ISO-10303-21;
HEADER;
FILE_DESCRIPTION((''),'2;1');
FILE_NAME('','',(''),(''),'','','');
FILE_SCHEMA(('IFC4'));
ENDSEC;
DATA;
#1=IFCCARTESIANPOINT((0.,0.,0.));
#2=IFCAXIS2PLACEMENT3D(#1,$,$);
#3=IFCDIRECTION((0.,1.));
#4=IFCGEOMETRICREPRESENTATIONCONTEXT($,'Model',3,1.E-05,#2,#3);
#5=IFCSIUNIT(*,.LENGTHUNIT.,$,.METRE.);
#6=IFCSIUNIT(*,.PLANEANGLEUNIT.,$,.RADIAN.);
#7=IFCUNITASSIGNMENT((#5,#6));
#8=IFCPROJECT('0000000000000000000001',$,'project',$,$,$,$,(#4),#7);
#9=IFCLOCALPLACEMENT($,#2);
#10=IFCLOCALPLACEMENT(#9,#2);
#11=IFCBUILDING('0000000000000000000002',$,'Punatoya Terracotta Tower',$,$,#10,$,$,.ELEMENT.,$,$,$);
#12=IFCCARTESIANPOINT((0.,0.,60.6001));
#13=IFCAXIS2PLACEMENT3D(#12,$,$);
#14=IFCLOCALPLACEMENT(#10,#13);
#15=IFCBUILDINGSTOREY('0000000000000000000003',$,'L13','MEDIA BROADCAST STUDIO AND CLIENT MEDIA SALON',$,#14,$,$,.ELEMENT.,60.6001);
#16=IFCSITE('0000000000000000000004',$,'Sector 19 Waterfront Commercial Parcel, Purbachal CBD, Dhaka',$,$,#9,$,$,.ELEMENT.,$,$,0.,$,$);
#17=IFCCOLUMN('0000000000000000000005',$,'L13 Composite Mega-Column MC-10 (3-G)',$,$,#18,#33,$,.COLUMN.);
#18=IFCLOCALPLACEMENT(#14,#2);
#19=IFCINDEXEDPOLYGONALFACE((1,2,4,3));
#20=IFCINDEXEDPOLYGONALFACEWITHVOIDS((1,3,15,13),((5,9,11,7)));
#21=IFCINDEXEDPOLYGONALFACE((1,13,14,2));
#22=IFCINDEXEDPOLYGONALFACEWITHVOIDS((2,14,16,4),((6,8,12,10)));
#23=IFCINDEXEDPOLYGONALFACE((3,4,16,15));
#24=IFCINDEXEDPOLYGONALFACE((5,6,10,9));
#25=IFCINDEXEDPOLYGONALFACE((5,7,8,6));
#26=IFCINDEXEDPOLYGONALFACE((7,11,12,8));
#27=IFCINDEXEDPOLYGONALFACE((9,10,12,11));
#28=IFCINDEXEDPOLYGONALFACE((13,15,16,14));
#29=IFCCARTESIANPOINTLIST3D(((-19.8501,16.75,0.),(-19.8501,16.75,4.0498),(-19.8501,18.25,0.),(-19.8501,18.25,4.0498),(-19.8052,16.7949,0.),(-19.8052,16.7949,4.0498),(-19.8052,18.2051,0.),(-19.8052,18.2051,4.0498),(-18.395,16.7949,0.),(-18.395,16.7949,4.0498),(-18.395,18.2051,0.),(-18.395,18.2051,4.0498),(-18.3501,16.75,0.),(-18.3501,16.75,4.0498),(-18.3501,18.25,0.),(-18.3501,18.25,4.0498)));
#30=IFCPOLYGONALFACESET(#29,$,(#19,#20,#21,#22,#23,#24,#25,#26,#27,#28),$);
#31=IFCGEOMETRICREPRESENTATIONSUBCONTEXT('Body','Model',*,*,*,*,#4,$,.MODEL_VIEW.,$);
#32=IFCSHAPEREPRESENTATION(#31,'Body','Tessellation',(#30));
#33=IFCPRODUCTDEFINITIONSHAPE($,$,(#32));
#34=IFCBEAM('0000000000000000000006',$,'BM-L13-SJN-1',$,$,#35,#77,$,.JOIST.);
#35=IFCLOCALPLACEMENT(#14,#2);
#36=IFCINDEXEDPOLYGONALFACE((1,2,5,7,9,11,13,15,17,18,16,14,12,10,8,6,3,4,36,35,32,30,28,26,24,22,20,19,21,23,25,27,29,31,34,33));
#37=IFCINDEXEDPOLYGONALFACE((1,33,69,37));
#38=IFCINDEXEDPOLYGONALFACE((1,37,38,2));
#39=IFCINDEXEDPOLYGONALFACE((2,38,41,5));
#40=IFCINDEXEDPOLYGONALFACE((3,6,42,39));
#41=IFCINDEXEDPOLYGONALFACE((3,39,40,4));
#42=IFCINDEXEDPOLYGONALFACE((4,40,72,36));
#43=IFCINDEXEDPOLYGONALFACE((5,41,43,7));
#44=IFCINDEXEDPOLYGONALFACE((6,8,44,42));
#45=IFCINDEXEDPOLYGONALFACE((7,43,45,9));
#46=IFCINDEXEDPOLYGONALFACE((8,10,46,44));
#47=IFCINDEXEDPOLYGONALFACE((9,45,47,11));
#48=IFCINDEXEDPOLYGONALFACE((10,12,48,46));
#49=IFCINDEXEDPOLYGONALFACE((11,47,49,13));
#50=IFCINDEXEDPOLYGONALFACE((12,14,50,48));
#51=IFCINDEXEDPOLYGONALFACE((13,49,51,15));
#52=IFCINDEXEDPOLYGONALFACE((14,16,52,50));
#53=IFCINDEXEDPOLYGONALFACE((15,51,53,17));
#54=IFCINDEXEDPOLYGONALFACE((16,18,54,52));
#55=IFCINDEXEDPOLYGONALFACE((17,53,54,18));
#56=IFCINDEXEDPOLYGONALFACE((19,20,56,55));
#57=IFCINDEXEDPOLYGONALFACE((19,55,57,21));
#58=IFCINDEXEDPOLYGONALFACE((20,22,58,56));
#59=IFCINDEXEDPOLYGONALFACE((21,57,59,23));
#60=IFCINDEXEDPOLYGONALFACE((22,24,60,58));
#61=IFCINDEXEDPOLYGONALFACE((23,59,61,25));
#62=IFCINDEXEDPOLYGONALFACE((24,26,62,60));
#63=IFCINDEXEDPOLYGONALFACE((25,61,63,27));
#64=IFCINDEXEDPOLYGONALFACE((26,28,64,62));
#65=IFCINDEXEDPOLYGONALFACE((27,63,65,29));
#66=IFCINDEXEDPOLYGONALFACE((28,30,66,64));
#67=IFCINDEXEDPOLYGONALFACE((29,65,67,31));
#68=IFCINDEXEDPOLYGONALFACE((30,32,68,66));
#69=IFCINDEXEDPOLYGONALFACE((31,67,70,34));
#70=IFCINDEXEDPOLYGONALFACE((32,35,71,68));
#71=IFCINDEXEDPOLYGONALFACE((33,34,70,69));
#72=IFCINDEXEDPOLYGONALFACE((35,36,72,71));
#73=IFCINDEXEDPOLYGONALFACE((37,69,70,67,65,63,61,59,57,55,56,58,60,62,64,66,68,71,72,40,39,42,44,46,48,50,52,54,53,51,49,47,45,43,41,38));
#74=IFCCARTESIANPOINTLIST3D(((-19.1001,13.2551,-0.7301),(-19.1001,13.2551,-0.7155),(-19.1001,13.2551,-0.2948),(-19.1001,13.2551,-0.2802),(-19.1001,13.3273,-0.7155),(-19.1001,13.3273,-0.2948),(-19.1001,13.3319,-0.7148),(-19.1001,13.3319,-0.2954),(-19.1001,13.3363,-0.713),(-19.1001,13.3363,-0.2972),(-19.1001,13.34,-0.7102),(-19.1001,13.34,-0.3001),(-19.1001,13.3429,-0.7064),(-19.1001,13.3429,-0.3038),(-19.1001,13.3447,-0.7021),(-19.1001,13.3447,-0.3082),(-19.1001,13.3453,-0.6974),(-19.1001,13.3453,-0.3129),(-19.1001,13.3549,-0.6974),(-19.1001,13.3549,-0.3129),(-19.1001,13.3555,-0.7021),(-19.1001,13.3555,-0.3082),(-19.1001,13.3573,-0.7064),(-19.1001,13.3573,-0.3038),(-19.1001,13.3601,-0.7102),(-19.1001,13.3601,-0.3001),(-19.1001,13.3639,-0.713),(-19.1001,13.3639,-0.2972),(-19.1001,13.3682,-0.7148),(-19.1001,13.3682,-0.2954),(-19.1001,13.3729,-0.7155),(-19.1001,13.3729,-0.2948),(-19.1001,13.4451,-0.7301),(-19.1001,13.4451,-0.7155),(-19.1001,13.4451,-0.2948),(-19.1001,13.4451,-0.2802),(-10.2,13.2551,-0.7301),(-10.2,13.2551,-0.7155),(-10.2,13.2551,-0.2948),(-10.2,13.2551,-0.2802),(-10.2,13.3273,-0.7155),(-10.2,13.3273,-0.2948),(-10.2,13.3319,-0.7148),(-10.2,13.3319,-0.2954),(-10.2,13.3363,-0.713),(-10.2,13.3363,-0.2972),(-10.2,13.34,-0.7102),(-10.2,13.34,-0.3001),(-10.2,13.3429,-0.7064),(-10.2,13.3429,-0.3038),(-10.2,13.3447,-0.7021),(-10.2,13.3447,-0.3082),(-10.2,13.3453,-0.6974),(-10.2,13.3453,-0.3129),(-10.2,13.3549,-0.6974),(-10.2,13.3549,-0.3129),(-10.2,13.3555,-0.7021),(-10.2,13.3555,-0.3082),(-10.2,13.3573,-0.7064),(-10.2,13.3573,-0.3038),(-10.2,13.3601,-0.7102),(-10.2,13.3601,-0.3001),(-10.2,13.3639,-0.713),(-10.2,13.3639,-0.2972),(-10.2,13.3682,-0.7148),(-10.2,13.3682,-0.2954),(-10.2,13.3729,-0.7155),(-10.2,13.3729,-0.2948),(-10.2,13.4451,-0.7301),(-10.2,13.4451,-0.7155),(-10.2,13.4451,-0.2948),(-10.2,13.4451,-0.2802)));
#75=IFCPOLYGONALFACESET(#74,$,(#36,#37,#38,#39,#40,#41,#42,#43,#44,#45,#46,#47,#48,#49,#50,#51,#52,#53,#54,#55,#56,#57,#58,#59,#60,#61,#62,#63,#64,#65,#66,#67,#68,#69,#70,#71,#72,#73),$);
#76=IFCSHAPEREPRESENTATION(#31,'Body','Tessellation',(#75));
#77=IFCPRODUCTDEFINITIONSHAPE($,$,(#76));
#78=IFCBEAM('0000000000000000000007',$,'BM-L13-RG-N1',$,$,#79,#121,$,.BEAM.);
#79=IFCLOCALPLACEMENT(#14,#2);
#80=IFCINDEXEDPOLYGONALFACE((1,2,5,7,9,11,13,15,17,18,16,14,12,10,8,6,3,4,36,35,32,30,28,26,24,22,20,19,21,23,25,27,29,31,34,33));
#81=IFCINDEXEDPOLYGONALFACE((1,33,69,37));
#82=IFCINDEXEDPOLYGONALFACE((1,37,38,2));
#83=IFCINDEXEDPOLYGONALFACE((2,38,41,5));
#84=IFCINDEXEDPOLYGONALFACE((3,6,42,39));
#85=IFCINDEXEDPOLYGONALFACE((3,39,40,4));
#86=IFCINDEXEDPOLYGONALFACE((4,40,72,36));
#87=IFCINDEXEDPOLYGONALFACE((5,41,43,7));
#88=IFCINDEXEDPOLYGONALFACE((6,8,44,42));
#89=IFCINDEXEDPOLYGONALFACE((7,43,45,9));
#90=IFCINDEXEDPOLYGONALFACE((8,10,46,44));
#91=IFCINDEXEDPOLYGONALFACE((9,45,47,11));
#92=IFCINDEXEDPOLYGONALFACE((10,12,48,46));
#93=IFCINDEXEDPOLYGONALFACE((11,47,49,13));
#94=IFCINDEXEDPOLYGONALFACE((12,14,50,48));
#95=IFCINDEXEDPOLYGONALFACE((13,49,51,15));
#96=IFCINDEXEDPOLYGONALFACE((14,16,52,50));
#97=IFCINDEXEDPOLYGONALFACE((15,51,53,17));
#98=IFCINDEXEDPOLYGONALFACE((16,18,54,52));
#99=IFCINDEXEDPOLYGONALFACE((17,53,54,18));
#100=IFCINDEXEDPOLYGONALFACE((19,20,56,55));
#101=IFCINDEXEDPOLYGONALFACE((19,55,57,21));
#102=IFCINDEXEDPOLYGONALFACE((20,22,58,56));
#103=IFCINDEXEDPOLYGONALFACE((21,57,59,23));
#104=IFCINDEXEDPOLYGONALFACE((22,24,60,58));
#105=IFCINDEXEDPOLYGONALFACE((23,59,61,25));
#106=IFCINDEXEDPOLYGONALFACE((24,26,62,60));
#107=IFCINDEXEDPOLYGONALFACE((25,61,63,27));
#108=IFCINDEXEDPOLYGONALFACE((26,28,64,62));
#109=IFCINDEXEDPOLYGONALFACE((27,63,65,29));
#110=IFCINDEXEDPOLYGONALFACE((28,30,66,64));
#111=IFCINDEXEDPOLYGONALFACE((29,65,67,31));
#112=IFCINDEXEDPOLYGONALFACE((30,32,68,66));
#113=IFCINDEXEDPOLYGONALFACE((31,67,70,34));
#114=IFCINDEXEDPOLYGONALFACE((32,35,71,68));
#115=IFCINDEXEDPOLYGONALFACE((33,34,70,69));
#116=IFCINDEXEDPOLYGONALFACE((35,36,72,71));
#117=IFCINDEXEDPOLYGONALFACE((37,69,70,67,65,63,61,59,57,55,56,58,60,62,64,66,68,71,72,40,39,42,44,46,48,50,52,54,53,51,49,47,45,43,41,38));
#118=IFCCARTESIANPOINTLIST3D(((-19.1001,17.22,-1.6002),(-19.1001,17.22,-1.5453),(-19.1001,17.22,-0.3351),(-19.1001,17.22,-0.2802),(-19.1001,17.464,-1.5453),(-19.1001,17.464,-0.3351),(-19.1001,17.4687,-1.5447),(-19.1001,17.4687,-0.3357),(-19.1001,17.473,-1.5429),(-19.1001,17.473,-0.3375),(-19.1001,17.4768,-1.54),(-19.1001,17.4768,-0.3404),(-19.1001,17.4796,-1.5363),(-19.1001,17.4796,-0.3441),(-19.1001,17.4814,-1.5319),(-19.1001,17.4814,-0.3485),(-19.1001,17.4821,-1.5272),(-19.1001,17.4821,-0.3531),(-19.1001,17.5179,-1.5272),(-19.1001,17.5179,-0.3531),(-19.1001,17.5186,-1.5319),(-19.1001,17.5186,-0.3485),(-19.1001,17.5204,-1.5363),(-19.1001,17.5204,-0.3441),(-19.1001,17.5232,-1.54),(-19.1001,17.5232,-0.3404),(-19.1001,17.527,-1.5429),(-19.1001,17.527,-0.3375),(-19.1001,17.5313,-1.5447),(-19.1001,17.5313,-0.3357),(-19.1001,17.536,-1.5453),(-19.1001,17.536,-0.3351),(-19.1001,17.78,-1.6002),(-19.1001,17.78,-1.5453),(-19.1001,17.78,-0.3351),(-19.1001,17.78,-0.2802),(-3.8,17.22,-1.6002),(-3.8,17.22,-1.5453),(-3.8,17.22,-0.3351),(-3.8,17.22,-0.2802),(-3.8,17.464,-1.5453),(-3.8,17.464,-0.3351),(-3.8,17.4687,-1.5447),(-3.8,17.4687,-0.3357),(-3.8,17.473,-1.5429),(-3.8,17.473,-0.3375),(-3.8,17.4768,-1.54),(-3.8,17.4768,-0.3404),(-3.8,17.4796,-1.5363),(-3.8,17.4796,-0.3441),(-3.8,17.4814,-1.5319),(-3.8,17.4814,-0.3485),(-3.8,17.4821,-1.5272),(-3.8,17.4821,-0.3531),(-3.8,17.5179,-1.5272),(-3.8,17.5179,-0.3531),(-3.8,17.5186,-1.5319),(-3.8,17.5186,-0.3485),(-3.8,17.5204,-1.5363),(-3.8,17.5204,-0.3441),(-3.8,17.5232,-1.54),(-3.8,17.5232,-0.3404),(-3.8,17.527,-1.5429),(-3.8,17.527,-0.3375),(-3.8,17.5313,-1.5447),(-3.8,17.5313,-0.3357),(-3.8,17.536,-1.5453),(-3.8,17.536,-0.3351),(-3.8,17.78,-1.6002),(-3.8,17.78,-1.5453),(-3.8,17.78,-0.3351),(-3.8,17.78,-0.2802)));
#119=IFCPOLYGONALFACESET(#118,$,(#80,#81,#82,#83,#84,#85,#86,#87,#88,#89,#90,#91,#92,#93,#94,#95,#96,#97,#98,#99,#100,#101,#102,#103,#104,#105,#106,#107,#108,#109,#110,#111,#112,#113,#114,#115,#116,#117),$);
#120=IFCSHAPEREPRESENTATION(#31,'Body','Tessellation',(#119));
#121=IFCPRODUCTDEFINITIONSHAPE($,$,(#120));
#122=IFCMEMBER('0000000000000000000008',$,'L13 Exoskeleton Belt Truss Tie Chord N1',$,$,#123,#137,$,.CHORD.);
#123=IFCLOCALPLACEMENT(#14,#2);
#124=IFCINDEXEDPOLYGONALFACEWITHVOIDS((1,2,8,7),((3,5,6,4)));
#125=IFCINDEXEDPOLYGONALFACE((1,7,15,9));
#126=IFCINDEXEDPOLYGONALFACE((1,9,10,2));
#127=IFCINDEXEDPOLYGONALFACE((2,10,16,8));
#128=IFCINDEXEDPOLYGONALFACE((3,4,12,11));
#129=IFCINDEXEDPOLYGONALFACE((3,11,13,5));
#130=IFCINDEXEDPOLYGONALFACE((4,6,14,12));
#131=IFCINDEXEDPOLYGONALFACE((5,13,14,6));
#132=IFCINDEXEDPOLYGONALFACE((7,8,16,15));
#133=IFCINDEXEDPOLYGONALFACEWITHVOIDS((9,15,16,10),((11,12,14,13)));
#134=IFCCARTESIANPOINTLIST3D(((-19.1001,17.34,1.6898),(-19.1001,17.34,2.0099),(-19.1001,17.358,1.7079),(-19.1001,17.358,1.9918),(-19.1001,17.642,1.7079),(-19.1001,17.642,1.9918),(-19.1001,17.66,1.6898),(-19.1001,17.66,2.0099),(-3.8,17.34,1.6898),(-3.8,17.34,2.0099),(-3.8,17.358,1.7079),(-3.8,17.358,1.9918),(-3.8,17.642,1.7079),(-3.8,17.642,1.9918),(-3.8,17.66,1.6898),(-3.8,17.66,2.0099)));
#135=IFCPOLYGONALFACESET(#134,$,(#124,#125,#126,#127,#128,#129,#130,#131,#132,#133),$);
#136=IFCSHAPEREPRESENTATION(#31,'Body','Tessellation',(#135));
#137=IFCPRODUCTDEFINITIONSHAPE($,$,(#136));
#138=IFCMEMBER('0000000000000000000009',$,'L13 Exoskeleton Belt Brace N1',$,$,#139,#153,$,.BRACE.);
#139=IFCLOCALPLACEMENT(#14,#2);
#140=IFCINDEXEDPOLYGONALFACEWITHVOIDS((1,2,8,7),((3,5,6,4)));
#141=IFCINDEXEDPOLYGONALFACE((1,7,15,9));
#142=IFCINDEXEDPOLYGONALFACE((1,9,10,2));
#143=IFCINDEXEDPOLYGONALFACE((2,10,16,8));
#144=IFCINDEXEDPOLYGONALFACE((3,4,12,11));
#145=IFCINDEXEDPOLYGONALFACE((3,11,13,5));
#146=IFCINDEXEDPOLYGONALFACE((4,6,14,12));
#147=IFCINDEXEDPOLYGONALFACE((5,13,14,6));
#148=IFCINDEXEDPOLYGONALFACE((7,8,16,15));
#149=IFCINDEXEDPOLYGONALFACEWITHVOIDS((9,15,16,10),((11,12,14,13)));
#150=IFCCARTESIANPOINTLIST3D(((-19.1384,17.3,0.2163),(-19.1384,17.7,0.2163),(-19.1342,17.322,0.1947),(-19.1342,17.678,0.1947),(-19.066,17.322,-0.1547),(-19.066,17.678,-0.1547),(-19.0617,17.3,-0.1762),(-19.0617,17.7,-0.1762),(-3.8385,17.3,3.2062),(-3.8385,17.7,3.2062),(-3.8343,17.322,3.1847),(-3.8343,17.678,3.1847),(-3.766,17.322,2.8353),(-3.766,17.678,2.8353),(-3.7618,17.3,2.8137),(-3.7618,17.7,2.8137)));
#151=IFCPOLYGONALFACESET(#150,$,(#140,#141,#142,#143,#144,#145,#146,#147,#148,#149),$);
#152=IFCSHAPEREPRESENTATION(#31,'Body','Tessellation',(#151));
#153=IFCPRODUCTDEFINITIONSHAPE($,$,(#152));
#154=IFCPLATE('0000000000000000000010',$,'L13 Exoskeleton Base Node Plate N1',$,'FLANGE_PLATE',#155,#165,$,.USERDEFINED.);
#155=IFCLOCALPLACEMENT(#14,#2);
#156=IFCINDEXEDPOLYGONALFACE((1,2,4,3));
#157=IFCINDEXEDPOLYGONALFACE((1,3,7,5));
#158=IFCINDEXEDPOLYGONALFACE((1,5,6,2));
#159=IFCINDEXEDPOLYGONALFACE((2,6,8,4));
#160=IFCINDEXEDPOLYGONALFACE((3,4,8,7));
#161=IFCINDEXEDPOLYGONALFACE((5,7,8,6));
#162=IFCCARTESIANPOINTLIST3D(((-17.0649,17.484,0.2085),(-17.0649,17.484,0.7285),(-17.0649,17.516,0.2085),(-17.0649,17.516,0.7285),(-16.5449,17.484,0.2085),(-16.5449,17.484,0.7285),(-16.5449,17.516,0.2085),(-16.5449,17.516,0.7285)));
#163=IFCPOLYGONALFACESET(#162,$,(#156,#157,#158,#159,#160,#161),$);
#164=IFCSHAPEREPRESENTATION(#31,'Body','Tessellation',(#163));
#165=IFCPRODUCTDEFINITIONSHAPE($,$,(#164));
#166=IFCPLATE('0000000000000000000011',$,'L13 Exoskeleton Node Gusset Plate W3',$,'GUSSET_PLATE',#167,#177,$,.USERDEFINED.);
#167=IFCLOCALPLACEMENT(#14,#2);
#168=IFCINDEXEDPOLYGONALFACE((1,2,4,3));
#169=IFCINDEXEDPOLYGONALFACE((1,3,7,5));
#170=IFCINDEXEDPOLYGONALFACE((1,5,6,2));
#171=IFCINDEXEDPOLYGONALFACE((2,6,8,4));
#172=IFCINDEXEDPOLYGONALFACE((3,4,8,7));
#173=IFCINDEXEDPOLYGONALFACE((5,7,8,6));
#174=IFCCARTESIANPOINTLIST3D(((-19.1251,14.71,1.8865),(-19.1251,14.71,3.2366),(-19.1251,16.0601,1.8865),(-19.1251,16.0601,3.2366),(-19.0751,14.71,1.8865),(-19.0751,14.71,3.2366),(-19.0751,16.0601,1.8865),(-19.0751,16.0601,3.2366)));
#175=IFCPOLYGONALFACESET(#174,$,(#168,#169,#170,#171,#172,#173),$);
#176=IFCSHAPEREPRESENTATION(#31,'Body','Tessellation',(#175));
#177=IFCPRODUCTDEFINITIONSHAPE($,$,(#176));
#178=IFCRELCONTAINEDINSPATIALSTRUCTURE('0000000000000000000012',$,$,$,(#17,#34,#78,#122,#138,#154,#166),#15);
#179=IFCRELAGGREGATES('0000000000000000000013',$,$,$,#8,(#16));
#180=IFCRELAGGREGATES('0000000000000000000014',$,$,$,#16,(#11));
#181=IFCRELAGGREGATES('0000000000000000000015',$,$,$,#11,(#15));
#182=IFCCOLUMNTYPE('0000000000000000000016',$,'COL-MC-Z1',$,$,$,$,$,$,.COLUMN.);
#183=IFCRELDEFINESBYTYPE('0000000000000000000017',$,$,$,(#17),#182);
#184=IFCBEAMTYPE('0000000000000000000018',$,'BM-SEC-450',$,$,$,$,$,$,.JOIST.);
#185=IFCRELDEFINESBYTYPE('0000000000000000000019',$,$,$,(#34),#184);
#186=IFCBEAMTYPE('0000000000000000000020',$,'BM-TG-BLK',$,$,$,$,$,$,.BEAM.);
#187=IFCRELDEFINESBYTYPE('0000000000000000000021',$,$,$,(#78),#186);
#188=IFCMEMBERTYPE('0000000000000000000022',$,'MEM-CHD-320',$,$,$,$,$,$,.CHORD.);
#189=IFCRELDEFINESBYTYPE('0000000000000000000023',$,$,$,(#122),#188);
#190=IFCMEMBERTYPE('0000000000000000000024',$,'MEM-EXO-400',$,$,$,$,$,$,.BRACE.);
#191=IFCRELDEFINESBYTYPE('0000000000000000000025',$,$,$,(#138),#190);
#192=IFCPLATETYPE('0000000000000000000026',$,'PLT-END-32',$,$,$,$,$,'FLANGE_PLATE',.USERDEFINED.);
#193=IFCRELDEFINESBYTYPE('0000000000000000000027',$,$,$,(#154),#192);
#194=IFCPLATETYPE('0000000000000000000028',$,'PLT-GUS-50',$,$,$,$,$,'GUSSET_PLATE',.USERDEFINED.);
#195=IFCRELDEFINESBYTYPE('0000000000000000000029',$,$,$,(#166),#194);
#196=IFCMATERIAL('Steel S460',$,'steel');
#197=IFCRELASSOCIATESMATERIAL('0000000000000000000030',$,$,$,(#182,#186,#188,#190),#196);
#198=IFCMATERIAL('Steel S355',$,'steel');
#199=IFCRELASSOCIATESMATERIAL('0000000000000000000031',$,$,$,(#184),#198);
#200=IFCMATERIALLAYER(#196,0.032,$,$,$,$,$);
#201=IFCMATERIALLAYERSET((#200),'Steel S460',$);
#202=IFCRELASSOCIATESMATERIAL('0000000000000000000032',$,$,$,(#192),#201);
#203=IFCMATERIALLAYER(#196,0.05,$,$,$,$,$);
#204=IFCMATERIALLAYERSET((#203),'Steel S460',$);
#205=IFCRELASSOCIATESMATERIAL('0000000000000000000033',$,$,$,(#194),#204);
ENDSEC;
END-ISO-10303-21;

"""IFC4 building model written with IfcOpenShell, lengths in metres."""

from ifc_helpers import new_model, si_unit, direction, frame, origin, origin_2d, place, context, subcontext, project, spatial, rectangle, hollow_rectangle, i_section, extrude, material, layer, layer_set, material_profile, profile_set, type_object, element, save


model = new_model("IFC4")

# Units and contexts
model_context = context("Model", 3, precision=1e-05, world=origin(), true_north=direction((0.0, 1.0)))
body_context = subcontext(model_context, "Body", "Model", "MODEL_VIEW")
ifc_project = project(units=[si_unit("LENGTHUNIT", "METRE"), si_unit("PLANEANGLEUNIT", "RADIAN")], contexts=[model_context])

# Site, building, storey
site_placement = place(None, origin())
site = spatial("IfcSite", under=ifc_project, at=site_placement, Name="Sector 19 Waterfront Commercial Parcel, Purbachal CBD, Dhaka", CompositionType="ELEMENT", RefElevation=0.0)
building_placement = place(site_placement, origin())
building = spatial("IfcBuilding", under=site, at=building_placement, Name="Punatoya Terracotta Tower", CompositionType="ELEMENT")
storey_placement = place(building_placement, frame((0.0, 0.0, 60.6001)))
storey = spatial("IfcBuildingStorey", under=building, at=storey_placement, Name="L13", Description="MEDIA BROADCAST STUDIO AND CLIENT MEDIA SALON", CompositionType="ELEMENT", Elevation=60.6001)

# Column
ifc_material_1 = material(Name="Steel S460", Category="steel")
ifc_material_profile_1 = material_profile(ifc_material_1, hollow_rectangle(XDim=1.5, YDim=1.5, WallThickness=0.0449, at=origin_2d()))
ifc_profile_set_1 = profile_set([ifc_material_profile_1], Name="Steel S460")
column_type = type_object("IfcColumnType", Name="COL-MC-Z1", PredefinedType="COLUMN", material=ifc_profile_set_1)
column_placement = place(storey_placement, frame((-19.1001, 17.5, 0.0), z_axis=(0.0, 0.0, 1.0), x_axis=(1.0, 0.0, 0.0)))
element("IfcColumn", 1, at=column_placement, inside=storey, type_object=column_type, Name="L13 Composite Mega-Column MC-10 (3-G)", PredefinedType="COLUMN", context=body_context, shape_type="SweptSolid", body=[
    extrude(hollow_rectangle(XDim=1.5, YDim=1.5, WallThickness=0.0449, at=origin_2d()), origin(), (0.0, 0.0, 1.0), 4.0498),
])

# Beams
ifc_material_2 = material(Name="Steel S355", Category="steel")
ifc_material_profile_2 = material_profile(ifc_material_2, i_section(OverallWidth=0.1899, OverallDepth=0.45, WebThickness=0.0095, FlangeThickness=0.0146, FilletRadius=0.0181, at=origin_2d()))
ifc_profile_set_2 = profile_set([ifc_material_profile_2], Name="Steel S355")
beam_type_1 = type_object("IfcBeamType", Name="BM-SEC-450", PredefinedType="JOIST", material=ifc_profile_set_2)
beam_1_placement = place(storey_placement, frame((-19.1001, 13.3501, -0.5051), z_axis=(1.0, 0.0, 0.0), x_axis=(0.0, 1.0, 0.0)))
element("IfcBeam", 2, at=beam_1_placement, inside=storey, type_object=beam_type_1, Name="BM-L13-SJN-1", PredefinedType="JOIST", context=body_context, shape_type="SweptSolid", body=[
    extrude(i_section(OverallWidth=0.1899, OverallDepth=0.45, WebThickness=0.0095, FlangeThickness=0.0146, FilletRadius=0.0181, at=origin_2d()), origin(), (0.0, 0.0, 1.0), 8.9001),
])
ifc_material_profile_3 = material_profile(ifc_material_1, i_section(OverallWidth=0.5601, OverallDepth=1.3201, WebThickness=0.0359, FlangeThickness=0.0549, FilletRadius=0.0181, at=origin_2d()))
ifc_profile_set_3 = profile_set([ifc_material_profile_3], Name="Steel S460")
beam_type_2 = type_object("IfcBeamType", Name="BM-TG-BLK", PredefinedType="BEAM", material=ifc_profile_set_3)
beam_2_placement = place(storey_placement, frame((-19.1001, 17.5, -0.9402), z_axis=(1.0, 0.0, 0.0), x_axis=(0.0, 1.0, 0.0)))
element("IfcBeam", 3, at=beam_2_placement, inside=storey, type_object=beam_type_2, Name="BM-L13-RG-N1", PredefinedType="BEAM", context=body_context, shape_type="SweptSolid", body=[
    extrude(i_section(OverallWidth=0.5601, OverallDepth=1.3201, WebThickness=0.0359, FlangeThickness=0.0549, FilletRadius=0.0181, at=origin_2d()), origin(), (0.0, 0.0, 1.0), 15.3),
])

# Members
ifc_material_profile_4 = material_profile(ifc_material_1, hollow_rectangle(XDim=0.3201, YDim=0.3201, WallThickness=0.0181, at=origin_2d()))
ifc_profile_set_4 = profile_set([ifc_material_profile_4], Name="Steel S460")
member_type_1 = type_object("IfcMemberType", Name="MEM-CHD-320", PredefinedType="CHORD", material=ifc_profile_set_4)
member_1_placement = place(storey_placement, frame((-19.1001, 17.5, 1.8499), z_axis=(1.0, 0.0, 0.0), x_axis=(0.0, 1.0, 0.0)))
element("IfcMember", 4, at=member_1_placement, inside=storey, type_object=member_type_1, Name="L13 Exoskeleton Belt Truss Tie Chord N1", PredefinedType="CHORD", context=body_context, shape_type="SweptSolid", body=[
    extrude(hollow_rectangle(XDim=0.3201, YDim=0.3201, WallThickness=0.0181, at=origin_2d()), origin(), (0.0, 0.0, 1.0), 15.3),
])
ifc_material_profile_5 = material_profile(ifc_material_1, hollow_rectangle(XDim=0.3999, YDim=0.3999, WallThickness=0.022, at=origin_2d()))
ifc_profile_set_5 = profile_set([ifc_material_profile_5], Name="Steel S460")
member_type_2 = type_object("IfcMemberType", Name="MEM-EXO-400", PredefinedType="BRACE", material=ifc_profile_set_5)
member_2_placement = place(storey_placement, frame((-19.1001, 17.5, 0.02), z_axis=(0.981435, 0.0, 0.191796), x_axis=(0.0, 1.0, 0.0)))
element("IfcMember", 5, at=member_2_placement, inside=storey, type_object=member_type_2, Name="L13 Exoskeleton Belt Brace N1", PredefinedType="BRACE", context=body_context, shape_type="SweptSolid", body=[
    extrude(hollow_rectangle(XDim=0.3999, YDim=0.3999, WallThickness=0.022, at=origin_2d()), origin(), (0.0, 0.0, 1.0), 15.5894),
])

# Plates
ifc_layer_1 = layer(ifc_material_1, 0.032)
ifc_layer_set_1 = layer_set([ifc_layer_1], Name="Steel S460")
plate_type_1 = type_object("IfcPlateType", Name="PLT-END-32", ElementType="FLANGE_PLATE", PredefinedType="USERDEFINED", material=ifc_layer_set_1)
plate_1_placement = place(storey_placement, frame((-16.8049, 17.5, 0.2085), z_axis=(0.0, 0.0, 1.0), x_axis=(1.0, 0.0, 0.0)))
element("IfcPlate", 6, at=plate_1_placement, inside=storey, type_object=plate_type_1, Name="L13 Exoskeleton Base Node Plate N1", ObjectType="FLANGE_PLATE", PredefinedType="USERDEFINED", context=body_context, shape_type="SweptSolid", body=[
    extrude(rectangle(XDim=0.52, YDim=0.032, at=origin_2d()), origin(), (0.0, 0.0, 1.0), 0.52),
])
ifc_layer_2 = layer(ifc_material_1, 0.05)
ifc_layer_set_2 = layer_set([ifc_layer_2], Name="Steel S460")
plate_type_2 = type_object("IfcPlateType", Name="PLT-GUS-50", ElementType="GUSSET_PLATE", PredefinedType="USERDEFINED", material=ifc_layer_set_2)
plate_2_placement = place(storey_placement, frame((-19.1001, 15.385, 1.8865), z_axis=(0.0, 0.0, 1.0), x_axis=(0.0, 1.0, 0.0)))
element("IfcPlate", 7, at=plate_2_placement, inside=storey, type_object=plate_type_2, Name="L13 Exoskeleton Node Gusset Plate W3", ObjectType="GUSSET_PLATE", PredefinedType="USERDEFINED", context=body_context, shape_type="SweptSolid", body=[
    extrude(rectangle(XDim=1.3501, YDim=0.05, at=origin_2d()), origin(), (0.0, 0.0, 1.0), 1.3501),
])

save(model, "model.ifc")
